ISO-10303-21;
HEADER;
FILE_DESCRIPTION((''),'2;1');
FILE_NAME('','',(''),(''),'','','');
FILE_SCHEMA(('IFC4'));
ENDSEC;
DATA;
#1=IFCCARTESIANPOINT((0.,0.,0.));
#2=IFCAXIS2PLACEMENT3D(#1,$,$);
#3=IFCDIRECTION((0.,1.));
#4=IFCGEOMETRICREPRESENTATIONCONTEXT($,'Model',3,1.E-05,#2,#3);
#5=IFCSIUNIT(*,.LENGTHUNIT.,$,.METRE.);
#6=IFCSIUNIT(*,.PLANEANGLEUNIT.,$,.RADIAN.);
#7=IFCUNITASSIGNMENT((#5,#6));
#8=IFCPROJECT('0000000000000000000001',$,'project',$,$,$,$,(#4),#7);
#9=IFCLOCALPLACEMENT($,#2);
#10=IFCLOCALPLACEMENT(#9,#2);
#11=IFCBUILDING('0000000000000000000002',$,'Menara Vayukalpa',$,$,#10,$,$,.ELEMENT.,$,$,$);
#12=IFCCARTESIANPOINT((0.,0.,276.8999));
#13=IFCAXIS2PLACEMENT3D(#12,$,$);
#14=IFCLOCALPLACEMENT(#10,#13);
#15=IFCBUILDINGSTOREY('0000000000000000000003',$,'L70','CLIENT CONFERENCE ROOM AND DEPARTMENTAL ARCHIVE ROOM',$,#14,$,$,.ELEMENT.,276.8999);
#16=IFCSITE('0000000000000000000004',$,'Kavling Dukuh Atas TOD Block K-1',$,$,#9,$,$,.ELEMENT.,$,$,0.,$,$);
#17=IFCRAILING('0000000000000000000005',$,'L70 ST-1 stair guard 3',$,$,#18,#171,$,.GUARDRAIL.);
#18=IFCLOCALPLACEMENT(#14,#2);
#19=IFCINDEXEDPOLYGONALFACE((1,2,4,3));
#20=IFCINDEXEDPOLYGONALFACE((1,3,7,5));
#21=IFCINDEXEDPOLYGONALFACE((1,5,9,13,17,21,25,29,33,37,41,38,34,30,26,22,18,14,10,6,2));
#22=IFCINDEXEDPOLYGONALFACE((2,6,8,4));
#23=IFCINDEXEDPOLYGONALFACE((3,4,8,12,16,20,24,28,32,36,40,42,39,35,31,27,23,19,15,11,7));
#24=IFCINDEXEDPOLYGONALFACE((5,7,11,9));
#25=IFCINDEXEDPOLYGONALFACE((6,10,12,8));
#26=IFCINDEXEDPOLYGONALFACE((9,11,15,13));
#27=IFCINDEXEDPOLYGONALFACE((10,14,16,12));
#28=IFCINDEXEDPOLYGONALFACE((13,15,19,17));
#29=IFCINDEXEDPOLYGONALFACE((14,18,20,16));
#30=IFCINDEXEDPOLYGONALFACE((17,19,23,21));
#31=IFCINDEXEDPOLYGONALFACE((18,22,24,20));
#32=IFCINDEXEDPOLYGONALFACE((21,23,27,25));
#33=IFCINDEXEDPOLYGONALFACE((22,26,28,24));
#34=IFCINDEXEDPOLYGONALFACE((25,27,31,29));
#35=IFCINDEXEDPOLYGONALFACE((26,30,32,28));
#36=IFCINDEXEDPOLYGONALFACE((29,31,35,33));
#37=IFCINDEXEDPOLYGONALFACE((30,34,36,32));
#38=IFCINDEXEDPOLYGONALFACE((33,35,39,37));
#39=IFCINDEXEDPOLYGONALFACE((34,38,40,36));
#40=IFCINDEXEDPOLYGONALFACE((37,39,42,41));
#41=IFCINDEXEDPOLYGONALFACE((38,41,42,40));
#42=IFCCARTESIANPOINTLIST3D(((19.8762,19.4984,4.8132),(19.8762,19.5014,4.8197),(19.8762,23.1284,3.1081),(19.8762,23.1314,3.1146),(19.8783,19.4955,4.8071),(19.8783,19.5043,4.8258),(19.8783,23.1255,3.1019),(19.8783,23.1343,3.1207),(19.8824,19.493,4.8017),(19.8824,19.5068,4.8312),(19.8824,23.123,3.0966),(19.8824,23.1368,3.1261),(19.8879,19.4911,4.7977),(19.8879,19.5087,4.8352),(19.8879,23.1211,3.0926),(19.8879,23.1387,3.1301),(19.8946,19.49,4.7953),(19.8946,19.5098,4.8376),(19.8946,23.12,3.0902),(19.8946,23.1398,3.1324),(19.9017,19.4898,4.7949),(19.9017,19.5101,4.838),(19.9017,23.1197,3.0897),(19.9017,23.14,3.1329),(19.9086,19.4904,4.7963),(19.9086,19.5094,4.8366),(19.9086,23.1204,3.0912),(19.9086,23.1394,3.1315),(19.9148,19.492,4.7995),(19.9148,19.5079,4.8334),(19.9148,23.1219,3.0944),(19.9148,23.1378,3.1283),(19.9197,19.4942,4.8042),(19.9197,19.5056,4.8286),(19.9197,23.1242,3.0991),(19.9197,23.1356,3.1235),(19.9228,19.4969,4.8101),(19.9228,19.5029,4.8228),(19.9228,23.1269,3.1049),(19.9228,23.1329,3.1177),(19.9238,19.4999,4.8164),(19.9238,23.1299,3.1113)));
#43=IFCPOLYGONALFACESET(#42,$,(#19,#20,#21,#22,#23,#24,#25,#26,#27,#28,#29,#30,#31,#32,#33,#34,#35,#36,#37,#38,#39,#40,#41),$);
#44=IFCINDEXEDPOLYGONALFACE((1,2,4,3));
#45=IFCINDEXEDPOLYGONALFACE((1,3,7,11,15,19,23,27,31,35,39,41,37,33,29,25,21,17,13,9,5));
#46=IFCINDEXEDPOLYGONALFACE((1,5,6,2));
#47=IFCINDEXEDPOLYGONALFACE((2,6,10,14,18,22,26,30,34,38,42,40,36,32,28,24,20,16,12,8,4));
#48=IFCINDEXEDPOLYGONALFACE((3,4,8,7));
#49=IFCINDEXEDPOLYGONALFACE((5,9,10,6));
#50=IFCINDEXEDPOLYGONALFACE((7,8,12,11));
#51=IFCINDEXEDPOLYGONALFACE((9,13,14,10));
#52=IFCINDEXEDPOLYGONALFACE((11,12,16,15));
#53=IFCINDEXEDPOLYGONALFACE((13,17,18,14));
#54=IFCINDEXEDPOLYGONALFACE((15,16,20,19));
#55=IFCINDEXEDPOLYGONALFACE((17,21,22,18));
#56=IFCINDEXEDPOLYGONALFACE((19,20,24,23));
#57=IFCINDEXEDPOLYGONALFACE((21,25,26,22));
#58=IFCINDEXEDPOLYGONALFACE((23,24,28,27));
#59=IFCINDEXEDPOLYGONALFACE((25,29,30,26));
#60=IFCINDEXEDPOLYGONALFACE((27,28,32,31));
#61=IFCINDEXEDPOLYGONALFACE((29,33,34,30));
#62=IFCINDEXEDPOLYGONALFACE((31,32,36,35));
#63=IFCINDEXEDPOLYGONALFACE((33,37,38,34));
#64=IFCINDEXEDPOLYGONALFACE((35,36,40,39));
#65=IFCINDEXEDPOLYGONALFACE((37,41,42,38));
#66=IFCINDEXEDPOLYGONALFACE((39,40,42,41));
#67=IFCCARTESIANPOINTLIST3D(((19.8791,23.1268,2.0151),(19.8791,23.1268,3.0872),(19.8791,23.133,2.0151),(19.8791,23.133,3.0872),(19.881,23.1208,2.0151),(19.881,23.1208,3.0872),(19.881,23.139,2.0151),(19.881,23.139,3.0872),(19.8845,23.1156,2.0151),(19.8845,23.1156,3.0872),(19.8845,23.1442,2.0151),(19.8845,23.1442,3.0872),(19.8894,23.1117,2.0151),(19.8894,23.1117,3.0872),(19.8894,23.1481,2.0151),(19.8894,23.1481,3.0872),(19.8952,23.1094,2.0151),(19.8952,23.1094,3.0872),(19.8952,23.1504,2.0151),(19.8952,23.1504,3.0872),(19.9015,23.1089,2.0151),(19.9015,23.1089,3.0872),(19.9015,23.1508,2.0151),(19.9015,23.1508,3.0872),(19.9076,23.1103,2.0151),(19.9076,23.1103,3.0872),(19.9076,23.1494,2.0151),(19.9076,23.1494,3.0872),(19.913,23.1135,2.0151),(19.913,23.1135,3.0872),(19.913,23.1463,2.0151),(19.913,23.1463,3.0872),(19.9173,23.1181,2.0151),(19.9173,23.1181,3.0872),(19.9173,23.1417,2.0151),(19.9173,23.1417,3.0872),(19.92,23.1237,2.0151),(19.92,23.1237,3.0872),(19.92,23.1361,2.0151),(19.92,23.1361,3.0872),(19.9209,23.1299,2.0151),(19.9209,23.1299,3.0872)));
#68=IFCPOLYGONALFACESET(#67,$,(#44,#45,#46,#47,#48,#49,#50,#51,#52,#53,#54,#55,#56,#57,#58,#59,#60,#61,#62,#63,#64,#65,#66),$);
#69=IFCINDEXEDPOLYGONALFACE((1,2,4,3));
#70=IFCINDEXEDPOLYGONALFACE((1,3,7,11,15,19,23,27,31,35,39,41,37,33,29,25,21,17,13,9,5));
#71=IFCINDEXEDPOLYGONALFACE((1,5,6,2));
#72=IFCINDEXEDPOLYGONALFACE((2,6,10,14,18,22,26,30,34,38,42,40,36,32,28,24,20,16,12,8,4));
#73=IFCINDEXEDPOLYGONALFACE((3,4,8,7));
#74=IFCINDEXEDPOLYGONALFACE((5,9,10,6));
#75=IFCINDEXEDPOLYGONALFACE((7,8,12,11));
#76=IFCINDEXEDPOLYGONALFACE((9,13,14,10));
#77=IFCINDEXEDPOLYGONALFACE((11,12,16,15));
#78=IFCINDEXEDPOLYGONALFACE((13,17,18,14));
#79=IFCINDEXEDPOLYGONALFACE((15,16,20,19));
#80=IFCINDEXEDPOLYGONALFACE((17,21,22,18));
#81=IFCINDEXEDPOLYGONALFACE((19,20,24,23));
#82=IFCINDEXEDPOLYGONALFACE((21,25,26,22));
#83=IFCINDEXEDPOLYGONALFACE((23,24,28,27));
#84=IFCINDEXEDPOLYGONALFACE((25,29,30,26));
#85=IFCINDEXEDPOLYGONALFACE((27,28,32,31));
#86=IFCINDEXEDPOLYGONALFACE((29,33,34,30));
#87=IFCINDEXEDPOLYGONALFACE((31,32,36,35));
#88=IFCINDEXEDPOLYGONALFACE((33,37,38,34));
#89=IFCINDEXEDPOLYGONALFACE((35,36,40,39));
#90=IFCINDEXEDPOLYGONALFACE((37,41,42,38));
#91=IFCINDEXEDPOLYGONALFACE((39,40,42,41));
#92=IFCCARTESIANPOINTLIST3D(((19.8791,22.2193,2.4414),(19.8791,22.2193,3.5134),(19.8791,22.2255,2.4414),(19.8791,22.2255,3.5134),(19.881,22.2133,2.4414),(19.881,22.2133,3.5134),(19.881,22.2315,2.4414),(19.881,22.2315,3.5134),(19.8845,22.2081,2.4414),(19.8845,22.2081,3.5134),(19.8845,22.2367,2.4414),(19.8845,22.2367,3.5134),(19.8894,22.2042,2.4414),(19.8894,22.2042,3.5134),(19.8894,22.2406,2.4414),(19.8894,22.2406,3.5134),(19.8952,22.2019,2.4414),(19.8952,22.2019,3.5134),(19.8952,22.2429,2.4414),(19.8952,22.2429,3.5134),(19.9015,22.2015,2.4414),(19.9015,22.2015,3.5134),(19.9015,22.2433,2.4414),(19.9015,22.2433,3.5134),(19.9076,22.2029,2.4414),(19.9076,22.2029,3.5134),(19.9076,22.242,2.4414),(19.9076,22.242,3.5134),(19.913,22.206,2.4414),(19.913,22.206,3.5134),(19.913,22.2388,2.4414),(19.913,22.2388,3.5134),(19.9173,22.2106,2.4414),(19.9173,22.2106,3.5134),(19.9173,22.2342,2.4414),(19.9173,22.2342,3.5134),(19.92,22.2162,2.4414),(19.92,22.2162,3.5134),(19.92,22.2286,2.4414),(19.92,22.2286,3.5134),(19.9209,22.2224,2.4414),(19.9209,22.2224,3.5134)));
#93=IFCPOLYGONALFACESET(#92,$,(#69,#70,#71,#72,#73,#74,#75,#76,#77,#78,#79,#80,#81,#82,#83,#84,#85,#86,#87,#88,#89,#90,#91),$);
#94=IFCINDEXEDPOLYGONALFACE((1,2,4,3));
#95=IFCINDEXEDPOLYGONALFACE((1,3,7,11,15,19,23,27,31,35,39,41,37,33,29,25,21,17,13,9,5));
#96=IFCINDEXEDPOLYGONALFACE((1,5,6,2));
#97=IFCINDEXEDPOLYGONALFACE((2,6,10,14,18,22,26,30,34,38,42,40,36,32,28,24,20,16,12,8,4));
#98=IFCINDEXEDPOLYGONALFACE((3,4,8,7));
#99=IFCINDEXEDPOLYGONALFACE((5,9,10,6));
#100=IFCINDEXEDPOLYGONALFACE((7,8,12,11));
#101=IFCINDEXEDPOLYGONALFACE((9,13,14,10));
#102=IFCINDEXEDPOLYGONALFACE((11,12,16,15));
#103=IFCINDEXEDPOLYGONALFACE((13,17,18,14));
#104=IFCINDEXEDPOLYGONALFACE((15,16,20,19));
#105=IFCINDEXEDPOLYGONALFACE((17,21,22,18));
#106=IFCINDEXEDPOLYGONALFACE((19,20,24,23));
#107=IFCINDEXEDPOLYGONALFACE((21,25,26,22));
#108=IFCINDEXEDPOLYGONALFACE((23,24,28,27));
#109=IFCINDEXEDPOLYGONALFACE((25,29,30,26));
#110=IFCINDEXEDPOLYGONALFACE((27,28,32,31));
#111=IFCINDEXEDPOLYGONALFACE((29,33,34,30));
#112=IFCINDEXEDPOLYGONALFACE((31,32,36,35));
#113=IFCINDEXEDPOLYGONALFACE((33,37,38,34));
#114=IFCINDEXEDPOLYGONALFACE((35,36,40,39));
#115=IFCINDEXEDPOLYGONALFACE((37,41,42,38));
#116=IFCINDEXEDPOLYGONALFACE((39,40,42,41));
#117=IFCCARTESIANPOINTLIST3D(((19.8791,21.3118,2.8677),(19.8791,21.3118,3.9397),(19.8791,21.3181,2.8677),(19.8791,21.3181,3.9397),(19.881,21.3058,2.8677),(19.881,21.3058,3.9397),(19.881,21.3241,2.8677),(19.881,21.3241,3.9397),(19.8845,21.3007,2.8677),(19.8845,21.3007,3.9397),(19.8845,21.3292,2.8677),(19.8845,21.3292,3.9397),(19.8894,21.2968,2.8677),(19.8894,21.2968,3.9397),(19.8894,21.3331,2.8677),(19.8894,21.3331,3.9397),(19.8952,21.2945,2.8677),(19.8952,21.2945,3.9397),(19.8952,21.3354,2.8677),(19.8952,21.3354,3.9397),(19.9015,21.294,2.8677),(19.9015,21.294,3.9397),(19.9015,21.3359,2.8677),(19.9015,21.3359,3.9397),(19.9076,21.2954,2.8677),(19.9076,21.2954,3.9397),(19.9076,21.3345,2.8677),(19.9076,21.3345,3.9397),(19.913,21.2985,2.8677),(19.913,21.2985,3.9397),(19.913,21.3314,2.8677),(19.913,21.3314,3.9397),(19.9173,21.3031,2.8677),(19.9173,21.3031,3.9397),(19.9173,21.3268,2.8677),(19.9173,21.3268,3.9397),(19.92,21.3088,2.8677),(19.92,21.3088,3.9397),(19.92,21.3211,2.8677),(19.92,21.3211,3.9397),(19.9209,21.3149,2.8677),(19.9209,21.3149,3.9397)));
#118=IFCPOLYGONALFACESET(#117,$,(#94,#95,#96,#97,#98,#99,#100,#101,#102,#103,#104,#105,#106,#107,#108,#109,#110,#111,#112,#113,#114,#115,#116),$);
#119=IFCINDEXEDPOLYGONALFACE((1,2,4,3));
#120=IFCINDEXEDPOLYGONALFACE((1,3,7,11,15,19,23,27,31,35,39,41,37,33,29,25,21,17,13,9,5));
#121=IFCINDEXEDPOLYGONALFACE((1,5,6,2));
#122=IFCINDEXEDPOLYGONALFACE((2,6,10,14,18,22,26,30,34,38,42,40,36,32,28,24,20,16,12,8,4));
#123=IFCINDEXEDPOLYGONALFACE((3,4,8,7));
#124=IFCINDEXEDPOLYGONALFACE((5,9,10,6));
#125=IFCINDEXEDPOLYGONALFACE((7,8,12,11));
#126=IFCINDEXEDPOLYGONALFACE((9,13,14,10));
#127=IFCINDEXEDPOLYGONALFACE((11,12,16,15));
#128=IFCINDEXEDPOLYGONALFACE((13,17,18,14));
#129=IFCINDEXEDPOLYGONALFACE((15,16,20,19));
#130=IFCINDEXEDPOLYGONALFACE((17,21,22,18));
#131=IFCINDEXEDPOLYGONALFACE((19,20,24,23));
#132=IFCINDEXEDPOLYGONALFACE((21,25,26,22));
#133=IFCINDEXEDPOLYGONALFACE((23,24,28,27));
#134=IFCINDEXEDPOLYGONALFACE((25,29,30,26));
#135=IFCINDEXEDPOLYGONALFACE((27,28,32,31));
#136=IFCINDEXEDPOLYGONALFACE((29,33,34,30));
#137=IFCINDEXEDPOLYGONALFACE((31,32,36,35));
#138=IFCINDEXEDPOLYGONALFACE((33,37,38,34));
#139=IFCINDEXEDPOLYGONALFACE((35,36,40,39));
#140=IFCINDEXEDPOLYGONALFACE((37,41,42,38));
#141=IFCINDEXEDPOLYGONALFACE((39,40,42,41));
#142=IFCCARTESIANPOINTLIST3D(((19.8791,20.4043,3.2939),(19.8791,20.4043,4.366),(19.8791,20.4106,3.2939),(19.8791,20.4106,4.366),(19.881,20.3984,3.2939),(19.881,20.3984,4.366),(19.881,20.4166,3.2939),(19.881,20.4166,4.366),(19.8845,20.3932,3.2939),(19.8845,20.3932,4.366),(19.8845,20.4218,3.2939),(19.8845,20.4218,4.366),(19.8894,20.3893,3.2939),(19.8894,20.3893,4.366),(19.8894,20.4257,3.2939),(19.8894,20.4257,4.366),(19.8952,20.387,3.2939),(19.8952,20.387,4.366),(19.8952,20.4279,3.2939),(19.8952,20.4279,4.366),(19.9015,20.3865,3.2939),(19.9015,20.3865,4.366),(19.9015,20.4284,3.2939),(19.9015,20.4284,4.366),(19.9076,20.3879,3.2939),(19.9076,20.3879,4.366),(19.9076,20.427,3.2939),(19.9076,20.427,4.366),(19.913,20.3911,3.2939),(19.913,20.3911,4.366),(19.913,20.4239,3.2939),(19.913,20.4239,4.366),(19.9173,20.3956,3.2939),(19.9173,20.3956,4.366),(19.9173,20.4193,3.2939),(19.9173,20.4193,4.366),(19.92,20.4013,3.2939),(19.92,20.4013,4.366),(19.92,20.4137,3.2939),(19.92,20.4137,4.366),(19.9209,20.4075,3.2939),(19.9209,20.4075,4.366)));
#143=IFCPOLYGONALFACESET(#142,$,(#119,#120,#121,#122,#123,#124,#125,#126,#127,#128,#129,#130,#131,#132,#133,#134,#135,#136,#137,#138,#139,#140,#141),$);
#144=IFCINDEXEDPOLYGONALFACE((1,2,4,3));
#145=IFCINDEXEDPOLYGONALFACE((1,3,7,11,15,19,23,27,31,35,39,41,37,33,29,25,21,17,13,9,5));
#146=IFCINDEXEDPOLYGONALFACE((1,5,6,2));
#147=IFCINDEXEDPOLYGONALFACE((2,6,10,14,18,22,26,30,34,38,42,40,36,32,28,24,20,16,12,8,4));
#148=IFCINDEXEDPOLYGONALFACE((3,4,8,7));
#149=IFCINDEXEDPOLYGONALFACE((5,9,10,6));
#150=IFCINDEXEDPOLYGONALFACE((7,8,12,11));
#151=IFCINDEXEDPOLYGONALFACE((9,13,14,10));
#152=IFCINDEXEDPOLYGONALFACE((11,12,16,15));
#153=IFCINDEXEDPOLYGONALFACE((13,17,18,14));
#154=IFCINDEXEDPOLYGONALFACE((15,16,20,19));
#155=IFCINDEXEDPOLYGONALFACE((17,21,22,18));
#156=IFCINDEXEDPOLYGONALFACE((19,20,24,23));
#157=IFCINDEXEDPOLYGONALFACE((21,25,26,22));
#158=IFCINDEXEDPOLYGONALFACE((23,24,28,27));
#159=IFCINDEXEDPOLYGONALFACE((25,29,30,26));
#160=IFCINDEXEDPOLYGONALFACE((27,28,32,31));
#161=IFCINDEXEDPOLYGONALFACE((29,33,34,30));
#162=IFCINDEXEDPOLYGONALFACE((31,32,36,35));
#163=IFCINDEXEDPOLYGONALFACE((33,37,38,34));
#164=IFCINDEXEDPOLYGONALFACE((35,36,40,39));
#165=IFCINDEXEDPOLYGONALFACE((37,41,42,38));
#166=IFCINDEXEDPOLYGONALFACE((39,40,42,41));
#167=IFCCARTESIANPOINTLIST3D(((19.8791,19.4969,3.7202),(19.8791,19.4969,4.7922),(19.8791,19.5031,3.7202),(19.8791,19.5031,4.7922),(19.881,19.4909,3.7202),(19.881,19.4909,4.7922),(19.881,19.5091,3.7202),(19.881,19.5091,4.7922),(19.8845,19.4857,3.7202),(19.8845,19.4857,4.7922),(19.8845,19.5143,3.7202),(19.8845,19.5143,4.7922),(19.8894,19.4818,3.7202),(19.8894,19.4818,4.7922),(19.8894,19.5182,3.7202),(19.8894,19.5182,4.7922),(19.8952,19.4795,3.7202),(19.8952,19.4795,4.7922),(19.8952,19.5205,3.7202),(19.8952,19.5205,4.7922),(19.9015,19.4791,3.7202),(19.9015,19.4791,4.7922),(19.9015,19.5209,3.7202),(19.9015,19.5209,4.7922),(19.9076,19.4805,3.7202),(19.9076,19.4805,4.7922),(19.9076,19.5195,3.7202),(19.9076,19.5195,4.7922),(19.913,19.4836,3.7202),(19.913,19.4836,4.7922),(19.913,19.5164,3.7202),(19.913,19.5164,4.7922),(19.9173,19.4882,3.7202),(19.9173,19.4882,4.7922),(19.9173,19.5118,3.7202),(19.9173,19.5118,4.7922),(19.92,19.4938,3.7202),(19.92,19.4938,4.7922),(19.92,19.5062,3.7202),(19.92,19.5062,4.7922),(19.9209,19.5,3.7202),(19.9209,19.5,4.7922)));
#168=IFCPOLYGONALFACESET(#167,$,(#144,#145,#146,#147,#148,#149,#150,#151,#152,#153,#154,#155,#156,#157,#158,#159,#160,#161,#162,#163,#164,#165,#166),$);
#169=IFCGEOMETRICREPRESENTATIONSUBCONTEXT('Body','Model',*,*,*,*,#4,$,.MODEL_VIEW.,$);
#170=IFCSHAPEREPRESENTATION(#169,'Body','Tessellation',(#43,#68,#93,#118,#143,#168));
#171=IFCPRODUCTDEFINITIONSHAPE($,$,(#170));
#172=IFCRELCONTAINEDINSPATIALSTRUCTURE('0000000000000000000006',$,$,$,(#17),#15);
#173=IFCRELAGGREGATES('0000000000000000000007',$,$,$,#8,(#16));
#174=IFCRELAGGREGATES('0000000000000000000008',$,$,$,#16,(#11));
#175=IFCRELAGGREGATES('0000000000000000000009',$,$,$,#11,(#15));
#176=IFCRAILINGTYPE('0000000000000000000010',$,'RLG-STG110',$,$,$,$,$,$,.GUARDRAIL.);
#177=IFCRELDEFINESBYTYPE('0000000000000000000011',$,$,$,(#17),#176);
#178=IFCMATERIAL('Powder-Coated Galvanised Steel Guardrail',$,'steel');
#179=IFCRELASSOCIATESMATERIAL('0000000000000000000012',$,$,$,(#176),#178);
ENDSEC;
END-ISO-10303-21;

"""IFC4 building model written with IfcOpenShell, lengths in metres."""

from ifc_helpers import new_model, si_unit, direction, frame, origin, origin_2d, place, context, subcontext, project, spatial, circle, extrude, material, type_object, element, save


model = new_model("IFC4")

# Units and contexts
model_context = context("Model", 3, precision=1e-05, world=origin(), true_north=direction((0.0, 1.0)))
body_context = subcontext(model_context, "Body", "Model", "MODEL_VIEW")
ifc_project = project(units=[si_unit("LENGTHUNIT", "METRE"), si_unit("PLANEANGLEUNIT", "RADIAN")], contexts=[model_context])

# Site, building, storey
site_placement = place(None, origin())
site = spatial("IfcSite", under=ifc_project, at=site_placement, Name="Kavling Dukuh Atas TOD Block K-1", CompositionType="ELEMENT", RefElevation=0.0)
building_placement = place(site_placement, origin())
building = spatial("IfcBuilding", under=site, at=building_placement, Name="Menara Vayukalpa", CompositionType="ELEMENT")
storey_placement = place(building_placement, frame((0.0, 0.0, 276.8999)))
storey = spatial("IfcBuildingStorey", under=building, at=storey_placement, Name="L70", Description="CLIENT CONFERENCE ROOM AND DEPARTMENTAL ARCHIVE ROOM", CompositionType="ELEMENT", Elevation=276.8999)

# Railing
ifc_material_1 = material(Name="Powder-Coated Galvanised Steel Guardrail", Category="steel")
railing_type_1 = type_object("IfcRailingType", Name="RLG-STG110", PredefinedType="GUARDRAIL", material=ifc_material_1)
railing_1_placement = place(storey_placement, frame((19.8999, 23.1299, 2.0151)))
element("IfcRailing", 1, at=railing_1_placement, inside=storey, type_object=railing_type_1, Name="L70 ST-1 stair guard 3", PredefinedType="GUARDRAIL", context=body_context, shape_type="SweptSolid", body=[
    extrude(circle(Radius=0.0239, at=origin_2d()), frame((0.0, 0.0, 1.0962), z_axis=(0.0, -0.905116, 0.425164), x_axis=(1.0, 0.0, 0.0)), (0.0, 0.0, 1.0), 4.0105),
    extrude(circle(Radius=0.021, at=origin_2d()), origin(), (0.0, 0.0, 1.0), 1.072),
    extrude(circle(Radius=0.021, at=origin_2d()), frame((0.0, -0.9075, 0.4263)), (0.0, 0.0, 1.0), 1.072),
    extrude(circle(Radius=0.021, at=origin_2d()), frame((0.0, -1.8149, 0.8525)), (0.0, 0.0, 1.0), 1.072),
    extrude(circle(Radius=0.021, at=origin_2d()), frame((0.0, -2.7224, 1.2788)), (0.0, 0.0, 1.0), 1.072),
    extrude(circle(Radius=0.021, at=origin_2d()), frame((0.0, -3.6299, 1.7051)), (0.0, 0.0, 1.0), 1.072),
])

save(model, "model.ifc")
